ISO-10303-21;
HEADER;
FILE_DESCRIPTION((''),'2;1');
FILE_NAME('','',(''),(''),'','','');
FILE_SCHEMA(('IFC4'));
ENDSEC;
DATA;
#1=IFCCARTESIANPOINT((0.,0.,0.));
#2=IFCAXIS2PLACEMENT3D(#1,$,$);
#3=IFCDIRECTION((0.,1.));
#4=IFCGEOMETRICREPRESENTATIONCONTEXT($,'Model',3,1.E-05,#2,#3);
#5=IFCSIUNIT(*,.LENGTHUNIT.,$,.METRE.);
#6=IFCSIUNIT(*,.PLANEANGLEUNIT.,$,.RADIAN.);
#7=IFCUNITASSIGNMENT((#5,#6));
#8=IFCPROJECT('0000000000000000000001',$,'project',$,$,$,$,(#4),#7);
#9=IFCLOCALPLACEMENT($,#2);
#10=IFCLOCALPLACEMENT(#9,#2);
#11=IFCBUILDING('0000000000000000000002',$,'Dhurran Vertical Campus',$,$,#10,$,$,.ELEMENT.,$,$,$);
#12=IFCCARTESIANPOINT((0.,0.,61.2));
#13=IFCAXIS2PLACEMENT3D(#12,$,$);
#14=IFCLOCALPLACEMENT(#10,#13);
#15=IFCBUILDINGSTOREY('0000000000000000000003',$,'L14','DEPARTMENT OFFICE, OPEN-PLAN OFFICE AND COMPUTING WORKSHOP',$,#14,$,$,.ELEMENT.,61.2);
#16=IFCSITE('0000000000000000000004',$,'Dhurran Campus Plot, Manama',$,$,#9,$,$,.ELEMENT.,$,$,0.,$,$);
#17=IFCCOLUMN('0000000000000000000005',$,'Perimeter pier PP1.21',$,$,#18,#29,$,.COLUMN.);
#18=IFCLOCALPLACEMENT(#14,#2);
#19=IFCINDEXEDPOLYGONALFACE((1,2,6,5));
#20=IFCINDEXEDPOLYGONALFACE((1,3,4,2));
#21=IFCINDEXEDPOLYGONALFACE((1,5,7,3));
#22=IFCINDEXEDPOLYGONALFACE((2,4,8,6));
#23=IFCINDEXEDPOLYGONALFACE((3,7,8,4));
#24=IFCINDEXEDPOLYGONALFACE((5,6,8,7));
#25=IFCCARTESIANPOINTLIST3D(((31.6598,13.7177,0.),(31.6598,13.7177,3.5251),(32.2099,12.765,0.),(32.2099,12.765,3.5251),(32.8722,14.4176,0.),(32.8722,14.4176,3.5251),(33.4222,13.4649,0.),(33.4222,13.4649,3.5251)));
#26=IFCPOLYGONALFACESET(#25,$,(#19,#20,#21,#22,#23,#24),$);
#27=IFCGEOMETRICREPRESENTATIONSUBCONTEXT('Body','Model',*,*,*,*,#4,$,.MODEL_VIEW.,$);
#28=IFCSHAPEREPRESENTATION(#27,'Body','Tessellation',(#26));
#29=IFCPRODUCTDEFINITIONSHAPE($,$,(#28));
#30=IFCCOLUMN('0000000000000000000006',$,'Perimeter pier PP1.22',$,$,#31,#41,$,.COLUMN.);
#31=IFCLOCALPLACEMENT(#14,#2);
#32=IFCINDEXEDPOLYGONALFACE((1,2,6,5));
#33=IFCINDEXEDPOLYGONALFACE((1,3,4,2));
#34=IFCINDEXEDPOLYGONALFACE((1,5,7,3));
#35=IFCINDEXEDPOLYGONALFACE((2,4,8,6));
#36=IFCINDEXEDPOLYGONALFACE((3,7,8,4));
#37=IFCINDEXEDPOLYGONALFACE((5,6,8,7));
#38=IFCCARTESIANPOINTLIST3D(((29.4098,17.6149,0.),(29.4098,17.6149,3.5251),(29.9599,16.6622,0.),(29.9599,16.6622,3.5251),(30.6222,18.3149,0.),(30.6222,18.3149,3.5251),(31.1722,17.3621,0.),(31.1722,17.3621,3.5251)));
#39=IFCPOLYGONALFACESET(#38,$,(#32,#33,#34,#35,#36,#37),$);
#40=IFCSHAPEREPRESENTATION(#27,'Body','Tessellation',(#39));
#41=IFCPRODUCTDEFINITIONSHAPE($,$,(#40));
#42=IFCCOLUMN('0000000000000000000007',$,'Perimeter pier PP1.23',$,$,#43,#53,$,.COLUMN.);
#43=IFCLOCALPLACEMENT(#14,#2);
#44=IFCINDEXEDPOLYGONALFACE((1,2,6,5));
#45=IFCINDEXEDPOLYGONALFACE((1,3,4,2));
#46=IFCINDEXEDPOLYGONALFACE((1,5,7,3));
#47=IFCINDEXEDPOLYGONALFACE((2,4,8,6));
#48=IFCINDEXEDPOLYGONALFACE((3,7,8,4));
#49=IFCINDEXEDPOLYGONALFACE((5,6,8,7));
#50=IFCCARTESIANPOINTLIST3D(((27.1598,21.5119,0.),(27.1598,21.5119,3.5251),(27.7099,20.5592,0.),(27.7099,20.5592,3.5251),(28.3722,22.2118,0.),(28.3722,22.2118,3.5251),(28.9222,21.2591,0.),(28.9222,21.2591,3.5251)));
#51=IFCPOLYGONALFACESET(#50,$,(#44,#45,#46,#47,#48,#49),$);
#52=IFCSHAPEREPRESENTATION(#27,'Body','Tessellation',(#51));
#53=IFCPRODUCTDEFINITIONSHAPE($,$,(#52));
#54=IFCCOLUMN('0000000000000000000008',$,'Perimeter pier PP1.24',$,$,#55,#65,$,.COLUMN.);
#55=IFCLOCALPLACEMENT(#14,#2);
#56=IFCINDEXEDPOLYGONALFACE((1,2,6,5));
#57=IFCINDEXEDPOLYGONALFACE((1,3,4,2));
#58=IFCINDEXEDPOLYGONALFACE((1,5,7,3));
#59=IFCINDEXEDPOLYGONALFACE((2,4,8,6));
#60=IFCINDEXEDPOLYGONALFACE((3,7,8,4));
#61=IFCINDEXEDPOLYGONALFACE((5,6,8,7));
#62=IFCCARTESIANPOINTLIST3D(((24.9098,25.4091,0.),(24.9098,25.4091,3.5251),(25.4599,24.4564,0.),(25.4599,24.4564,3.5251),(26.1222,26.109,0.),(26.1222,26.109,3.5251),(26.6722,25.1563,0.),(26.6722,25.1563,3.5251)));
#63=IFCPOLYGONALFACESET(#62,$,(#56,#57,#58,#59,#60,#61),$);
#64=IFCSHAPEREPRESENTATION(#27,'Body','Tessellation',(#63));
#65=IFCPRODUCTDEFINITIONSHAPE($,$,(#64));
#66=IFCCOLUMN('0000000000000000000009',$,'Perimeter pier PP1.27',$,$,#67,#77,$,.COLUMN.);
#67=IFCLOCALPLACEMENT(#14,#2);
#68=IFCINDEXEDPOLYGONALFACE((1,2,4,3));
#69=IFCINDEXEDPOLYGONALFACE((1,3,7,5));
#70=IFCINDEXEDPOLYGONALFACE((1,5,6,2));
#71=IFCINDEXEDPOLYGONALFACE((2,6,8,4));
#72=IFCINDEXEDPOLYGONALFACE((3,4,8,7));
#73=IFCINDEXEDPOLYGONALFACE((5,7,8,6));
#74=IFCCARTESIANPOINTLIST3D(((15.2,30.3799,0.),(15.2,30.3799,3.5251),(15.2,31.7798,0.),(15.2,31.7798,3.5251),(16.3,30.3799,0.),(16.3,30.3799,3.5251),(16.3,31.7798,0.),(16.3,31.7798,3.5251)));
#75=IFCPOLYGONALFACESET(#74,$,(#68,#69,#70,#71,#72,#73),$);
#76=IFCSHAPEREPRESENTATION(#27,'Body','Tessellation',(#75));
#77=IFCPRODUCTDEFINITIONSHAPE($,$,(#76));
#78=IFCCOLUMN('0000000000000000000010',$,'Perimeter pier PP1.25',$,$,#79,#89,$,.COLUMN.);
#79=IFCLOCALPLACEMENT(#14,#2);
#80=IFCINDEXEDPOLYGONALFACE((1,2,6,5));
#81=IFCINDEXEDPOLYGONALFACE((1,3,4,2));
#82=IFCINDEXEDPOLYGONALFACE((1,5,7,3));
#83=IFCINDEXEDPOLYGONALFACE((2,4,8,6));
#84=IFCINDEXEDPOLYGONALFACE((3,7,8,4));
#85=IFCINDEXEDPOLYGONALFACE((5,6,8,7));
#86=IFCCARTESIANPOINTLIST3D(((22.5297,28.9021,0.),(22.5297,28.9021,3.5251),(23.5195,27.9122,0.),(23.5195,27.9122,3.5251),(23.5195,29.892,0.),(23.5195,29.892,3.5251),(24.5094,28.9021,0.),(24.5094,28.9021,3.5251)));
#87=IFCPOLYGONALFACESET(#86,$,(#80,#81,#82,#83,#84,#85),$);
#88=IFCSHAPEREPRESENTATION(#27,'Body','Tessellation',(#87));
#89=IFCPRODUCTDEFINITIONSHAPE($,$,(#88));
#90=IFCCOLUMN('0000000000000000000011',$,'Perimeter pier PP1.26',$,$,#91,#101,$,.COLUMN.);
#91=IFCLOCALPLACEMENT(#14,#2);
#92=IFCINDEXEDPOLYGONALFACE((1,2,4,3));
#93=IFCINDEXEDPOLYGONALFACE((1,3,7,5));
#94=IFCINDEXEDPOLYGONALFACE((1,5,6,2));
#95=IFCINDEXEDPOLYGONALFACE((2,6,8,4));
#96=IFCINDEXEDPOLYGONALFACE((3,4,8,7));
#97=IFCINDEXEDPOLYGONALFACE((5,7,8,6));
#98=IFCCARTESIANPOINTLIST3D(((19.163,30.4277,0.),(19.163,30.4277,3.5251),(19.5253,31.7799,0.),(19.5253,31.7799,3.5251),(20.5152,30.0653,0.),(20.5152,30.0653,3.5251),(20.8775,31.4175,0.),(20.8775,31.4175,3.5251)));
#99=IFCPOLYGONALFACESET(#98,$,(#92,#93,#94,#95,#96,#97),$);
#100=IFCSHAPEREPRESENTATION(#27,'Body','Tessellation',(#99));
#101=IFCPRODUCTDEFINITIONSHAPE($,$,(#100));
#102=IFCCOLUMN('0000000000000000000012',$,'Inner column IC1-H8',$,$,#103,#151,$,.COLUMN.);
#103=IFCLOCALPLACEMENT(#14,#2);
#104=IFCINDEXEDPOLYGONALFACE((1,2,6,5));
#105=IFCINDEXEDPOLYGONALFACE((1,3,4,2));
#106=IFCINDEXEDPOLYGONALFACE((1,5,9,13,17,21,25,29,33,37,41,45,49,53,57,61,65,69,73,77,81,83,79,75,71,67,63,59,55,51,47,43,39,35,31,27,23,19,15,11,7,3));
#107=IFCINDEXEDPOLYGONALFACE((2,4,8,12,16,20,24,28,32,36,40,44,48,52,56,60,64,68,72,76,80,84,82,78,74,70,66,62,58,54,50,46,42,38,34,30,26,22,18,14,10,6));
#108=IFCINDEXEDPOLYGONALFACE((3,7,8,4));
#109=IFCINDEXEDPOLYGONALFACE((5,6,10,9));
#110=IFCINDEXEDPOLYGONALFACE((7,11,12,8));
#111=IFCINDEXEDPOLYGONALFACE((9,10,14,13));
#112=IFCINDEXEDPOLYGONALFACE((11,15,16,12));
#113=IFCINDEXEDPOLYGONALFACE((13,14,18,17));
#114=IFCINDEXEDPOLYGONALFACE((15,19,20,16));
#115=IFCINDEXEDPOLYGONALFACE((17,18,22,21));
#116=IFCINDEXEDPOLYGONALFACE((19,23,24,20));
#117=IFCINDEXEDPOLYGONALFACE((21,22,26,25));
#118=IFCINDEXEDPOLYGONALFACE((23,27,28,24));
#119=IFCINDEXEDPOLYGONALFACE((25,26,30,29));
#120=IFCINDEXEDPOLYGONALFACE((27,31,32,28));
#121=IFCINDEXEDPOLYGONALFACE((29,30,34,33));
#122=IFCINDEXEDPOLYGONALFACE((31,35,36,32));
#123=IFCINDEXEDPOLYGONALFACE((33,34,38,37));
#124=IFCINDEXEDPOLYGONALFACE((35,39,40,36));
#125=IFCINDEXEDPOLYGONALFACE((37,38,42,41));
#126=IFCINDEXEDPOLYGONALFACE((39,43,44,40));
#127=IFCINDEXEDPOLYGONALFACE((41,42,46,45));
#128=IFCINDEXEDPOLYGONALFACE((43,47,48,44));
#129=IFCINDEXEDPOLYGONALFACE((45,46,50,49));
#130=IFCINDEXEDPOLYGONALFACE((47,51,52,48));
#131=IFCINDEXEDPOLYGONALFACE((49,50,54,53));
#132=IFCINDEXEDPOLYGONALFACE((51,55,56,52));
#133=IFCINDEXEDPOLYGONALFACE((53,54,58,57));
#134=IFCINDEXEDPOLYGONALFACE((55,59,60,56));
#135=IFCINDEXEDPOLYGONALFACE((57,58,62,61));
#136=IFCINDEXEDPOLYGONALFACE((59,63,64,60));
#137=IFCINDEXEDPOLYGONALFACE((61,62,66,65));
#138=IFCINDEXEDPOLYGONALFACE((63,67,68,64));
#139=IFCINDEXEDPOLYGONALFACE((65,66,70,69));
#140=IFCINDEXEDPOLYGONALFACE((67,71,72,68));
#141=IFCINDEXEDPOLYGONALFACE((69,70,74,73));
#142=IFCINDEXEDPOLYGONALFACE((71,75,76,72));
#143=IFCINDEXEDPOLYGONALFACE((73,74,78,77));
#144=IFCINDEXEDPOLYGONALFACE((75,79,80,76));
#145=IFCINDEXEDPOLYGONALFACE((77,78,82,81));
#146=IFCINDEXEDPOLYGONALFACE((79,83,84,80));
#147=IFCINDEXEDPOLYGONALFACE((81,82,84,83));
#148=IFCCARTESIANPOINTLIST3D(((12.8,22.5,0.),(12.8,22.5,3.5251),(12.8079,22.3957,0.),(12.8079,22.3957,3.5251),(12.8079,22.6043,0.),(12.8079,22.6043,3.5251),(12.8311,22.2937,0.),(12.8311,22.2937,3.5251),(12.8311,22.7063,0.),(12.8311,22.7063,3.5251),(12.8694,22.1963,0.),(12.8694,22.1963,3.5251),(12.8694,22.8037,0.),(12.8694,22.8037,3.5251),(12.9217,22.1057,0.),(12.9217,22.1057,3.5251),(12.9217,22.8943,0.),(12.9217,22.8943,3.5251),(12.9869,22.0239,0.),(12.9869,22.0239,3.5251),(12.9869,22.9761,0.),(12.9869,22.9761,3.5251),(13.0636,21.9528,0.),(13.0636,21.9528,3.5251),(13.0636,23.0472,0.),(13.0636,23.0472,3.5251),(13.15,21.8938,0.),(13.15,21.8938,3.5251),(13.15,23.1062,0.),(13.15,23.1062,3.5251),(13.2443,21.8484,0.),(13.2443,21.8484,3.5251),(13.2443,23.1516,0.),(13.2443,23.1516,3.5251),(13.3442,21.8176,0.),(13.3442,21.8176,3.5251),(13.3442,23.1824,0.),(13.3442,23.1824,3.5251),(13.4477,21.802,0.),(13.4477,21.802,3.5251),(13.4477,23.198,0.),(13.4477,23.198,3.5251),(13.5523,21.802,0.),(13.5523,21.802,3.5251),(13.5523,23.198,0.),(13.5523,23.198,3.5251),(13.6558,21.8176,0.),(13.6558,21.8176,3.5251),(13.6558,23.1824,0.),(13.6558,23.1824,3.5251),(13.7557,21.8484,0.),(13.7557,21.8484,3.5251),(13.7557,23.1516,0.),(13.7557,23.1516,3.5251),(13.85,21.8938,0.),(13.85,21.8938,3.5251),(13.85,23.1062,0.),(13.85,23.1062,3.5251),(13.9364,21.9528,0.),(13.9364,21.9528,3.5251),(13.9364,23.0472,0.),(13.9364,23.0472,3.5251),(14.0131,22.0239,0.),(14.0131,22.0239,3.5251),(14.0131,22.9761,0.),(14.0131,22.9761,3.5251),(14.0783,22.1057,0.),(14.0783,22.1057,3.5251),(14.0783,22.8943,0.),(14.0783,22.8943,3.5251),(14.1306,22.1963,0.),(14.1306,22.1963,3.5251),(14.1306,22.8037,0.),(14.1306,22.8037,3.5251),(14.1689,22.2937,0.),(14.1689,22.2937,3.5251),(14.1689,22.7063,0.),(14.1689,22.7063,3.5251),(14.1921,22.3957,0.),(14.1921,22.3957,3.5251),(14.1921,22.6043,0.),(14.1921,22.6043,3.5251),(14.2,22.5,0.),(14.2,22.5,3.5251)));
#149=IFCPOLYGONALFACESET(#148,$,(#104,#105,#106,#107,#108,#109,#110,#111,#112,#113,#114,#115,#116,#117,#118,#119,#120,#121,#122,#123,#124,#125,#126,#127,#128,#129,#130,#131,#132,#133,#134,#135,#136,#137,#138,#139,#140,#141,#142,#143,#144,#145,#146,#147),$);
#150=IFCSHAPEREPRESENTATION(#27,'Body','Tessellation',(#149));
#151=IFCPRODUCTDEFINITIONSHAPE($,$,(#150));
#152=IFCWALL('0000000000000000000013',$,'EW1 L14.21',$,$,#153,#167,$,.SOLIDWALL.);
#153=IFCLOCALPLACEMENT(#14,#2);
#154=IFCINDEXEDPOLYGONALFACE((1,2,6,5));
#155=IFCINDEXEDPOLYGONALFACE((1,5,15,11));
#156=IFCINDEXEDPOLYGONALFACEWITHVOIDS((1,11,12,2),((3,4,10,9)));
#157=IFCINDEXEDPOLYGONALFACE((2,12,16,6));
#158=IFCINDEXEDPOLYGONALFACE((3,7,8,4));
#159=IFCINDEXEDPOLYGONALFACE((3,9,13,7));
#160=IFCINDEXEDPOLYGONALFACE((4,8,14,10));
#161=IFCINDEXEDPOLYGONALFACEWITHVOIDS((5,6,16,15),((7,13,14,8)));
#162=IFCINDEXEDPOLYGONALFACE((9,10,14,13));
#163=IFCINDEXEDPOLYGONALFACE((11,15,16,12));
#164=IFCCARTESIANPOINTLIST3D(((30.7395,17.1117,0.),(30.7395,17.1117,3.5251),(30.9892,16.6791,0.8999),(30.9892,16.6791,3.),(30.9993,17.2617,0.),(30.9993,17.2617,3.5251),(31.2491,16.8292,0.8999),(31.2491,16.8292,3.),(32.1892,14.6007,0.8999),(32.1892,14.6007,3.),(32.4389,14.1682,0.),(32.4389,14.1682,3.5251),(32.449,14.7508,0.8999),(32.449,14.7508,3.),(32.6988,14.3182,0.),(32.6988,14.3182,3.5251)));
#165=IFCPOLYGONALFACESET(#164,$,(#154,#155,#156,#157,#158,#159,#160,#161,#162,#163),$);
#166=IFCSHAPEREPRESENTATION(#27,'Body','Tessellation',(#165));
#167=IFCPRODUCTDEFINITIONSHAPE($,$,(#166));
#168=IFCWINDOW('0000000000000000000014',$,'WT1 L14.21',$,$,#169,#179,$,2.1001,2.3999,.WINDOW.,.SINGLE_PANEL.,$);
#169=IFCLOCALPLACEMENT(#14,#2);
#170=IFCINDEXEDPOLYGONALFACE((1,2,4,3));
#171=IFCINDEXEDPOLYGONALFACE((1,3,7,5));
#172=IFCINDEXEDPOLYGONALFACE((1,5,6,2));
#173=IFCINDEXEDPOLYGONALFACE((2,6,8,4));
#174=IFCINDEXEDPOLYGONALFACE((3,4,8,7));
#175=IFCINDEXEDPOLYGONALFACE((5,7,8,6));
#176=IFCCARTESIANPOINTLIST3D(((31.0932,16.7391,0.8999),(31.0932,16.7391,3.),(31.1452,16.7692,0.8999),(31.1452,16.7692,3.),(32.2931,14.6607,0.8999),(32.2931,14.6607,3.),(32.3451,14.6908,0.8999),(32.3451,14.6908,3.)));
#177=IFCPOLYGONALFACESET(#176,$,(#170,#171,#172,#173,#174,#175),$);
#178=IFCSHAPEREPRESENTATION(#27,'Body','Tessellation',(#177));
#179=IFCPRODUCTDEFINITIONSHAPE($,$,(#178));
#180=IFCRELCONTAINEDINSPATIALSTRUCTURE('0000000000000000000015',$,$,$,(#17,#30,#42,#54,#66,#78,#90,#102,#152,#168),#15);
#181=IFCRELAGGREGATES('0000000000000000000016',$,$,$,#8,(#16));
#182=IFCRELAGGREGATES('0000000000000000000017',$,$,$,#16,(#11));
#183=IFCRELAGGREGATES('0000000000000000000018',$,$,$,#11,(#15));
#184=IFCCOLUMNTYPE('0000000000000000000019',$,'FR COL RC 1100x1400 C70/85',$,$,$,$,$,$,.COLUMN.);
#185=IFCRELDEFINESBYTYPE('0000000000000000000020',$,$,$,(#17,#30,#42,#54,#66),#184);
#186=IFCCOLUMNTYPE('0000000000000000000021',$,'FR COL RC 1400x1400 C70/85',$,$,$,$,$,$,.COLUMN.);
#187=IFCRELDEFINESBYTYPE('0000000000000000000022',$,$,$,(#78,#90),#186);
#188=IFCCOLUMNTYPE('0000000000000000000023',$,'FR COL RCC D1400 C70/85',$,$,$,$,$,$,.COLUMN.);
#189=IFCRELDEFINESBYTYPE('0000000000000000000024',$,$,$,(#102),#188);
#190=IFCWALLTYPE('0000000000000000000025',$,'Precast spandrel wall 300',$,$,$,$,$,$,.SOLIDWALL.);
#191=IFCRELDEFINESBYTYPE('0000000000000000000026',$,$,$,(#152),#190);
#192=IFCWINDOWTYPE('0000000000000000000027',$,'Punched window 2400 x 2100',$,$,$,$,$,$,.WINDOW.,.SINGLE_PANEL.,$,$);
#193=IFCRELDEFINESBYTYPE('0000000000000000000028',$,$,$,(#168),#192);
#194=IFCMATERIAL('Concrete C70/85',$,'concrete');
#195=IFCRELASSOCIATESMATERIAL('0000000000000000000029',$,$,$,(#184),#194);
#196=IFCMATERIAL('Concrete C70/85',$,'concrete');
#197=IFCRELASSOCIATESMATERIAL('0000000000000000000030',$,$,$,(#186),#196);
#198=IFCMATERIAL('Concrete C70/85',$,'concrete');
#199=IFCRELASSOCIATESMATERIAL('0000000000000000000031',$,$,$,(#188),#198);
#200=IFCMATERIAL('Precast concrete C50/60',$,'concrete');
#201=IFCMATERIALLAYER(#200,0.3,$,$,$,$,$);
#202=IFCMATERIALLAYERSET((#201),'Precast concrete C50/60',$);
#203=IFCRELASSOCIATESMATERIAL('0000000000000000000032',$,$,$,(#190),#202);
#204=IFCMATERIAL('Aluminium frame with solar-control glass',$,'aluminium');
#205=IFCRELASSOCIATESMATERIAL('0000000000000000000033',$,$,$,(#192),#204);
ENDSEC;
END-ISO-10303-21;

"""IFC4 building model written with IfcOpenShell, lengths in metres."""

from ifc_helpers import new_model, si_unit, direction, frame, frame_2d, origin, origin_2d, place, context, subcontext, project, spatial, rectangle, circle, extrude, material, layer, layer_set, material_profile, profile_set, type_object, element, fill, save


model = new_model("IFC4")

# Units and contexts
model_context = context("Model", 3, precision=1e-05, world=origin(), true_north=direction((0.0, 1.0)))
body_context = subcontext(model_context, "Body", "Model", "MODEL_VIEW")
ifc_project = project(units=[si_unit("LENGTHUNIT", "METRE"), si_unit("PLANEANGLEUNIT", "RADIAN")], contexts=[model_context])

# Site, building, storey
site_placement = place(None, origin())
site = spatial("IfcSite", under=ifc_project, at=site_placement, Name="Dhurran Campus Plot, Manama", CompositionType="ELEMENT", RefElevation=0.0)
building_placement = place(site_placement, origin())
building = spatial("IfcBuilding", under=site, at=building_placement, Name="Dhurran Vertical Campus", CompositionType="ELEMENT")
storey_placement = place(building_placement, frame((0.0, 0.0, 61.2)))
storey = spatial("IfcBuildingStorey", under=building, at=storey_placement, Name="L14", Description="DEPARTMENT OFFICE, OPEN-PLAN OFFICE AND COMPUTING WORKSHOP", CompositionType="ELEMENT", Elevation=61.2)

# Columns
ifc_material_1 = material(Name="Concrete C70/85", Category="concrete")
ifc_material_profile_1 = material_profile(ifc_material_1, rectangle(XDim=1.1001, YDim=1.3999, at=origin_2d()), Name="RC 1100x1400")
ifc_profile_set_1 = profile_set([ifc_material_profile_1], Name="Concrete C70/85")
column_type_1 = type_object("IfcColumnType", Name="FR COL RC 1100x1400 C70/85", PredefinedType="COLUMN", material=ifc_profile_set_1)
for number, where, z_axis, x_axis, name in (
    (1, (32.541, 13.5913, 0.0), (0.0, 0.0, 1.0), (-0.5, 0.866025, 0.0), "Perimeter pier PP1.21"),
    (2, (30.291, 17.4885, 0.0), (0.0, 0.0, 1.0), (-0.5, 0.866025, 0.0), "Perimeter pier PP1.22"),
    (3, (28.041, 21.3855, 0.0), (0.0, 0.0, 1.0), (-0.5, 0.866025, 0.0), "Perimeter pier PP1.23"),
    (4, (25.791, 25.2827, 0.0), (0.0, 0.0, 1.0), (-0.5, 0.866025, 0.0), "Perimeter pier PP1.24"),
    (5, (15.75, 31.0798, 0.0), (0.0, 0.0, 1.0), (-1.0, 0.0, 0.0), "Perimeter pier PP1.27"),
):
    element("IfcColumn", number, at=place(storey_placement, frame(where, z_axis=z_axis, x_axis=x_axis)), inside=storey, type_object=column_type_1, Name=name, PredefinedType="COLUMN", context=body_context, shape_type="SweptSolid", body=[
        extrude(rectangle(XDim=1.1001, YDim=1.3999, at=origin_2d()), origin(), (0.0, 0.0, 1.0), 3.5251),
    ])
ifc_material_2 = material(Name="Concrete C70/85", Category="concrete")
ifc_material_profile_2 = material_profile(ifc_material_2, rectangle(XDim=1.3999, YDim=1.3999, at=origin_2d()), Name="RC 1400x1400")
ifc_profile_set_2 = profile_set([ifc_material_profile_2], Name="Concrete C70/85")
column_type_2 = type_object("IfcColumnType", Name="FR COL RC 1400x1400 C70/85", PredefinedType="COLUMN", material=ifc_profile_set_2)
for number, where, z_axis, x_axis, name in (
    (6, (23.5195, 28.9021, 0.0), (0.0, 0.0, 1.0), (-0.707107, 0.707107, 0.0), "Perimeter pier PP1.25"),
    (7, (20.0203, 30.9226, 0.0), (0.0, 0.0, 1.0), (-0.965926, 0.258819, 0.0), "Perimeter pier PP1.26"),
):
    element("IfcColumn", number, at=place(storey_placement, frame(where, z_axis=z_axis, x_axis=x_axis)), inside=storey, type_object=column_type_2, Name=name, PredefinedType="COLUMN", context=body_context, shape_type="SweptSolid", body=[
        extrude(rectangle(XDim=1.3999, YDim=1.3999, at=origin_2d()), origin(), (0.0, 0.0, 1.0), 3.5251),
    ])
ifc_material_3 = material(Name="Concrete C70/85", Category="concrete")
ifc_material_profile_3 = material_profile(ifc_material_3, circle(Radius=0.7, at=origin_2d()), Name="RCC D1400")
ifc_profile_set_3 = profile_set([ifc_material_profile_3], Name="Concrete C70/85")
column_type_3 = type_object("IfcColumnType", Name="FR COL RCC D1400 C70/85", PredefinedType="COLUMN", material=ifc_profile_set_3)
column_placement = place(storey_placement, frame((13.5, 22.5, 0.0), z_axis=(0.0, 0.0, 1.0), x_axis=(1.0, 0.0, 0.0)))
element("IfcColumn", 8, at=column_placement, inside=storey, type_object=column_type_3, Name="Inner column IC1-H8", PredefinedType="COLUMN", context=body_context, shape_type="SweptSolid", body=[
    extrude(circle(Radius=0.7, at=origin_2d()), origin(), (0.0, 0.0, 1.0), 3.5251),
])

# Wall, opening, window
ifc_material_4 = material(Name="Precast concrete C50/60", Category="concrete")
ifc_layer_1 = layer(ifc_material_4, 0.3)
ifc_layer_set_1 = layer_set([ifc_layer_1], Name="Precast concrete C50/60")
wall_type_1 = type_object("IfcWallType", Name="Precast spandrel wall 300", PredefinedType="SOLIDWALL", material=ifc_layer_set_1)
wall_1_placement = place(storey_placement, frame((32.5688, 14.2432, 0.0), z_axis=(0.0, 0.0, 1.0), x_axis=(-0.499994, 0.866029, 0.0)))
wall_1 = element("IfcWall", 9, at=wall_1_placement, inside=storey, type_object=wall_type_1, Name="EW1 L14.21", PredefinedType="SOLIDWALL", context=body_context, shape_type="SweptSolid", body=[
    extrude(rectangle(XDim=3.3989, YDim=0.3, at=frame_2d((1.6995, 0.0))), origin(), (0.0, 0.0, 1.0), 3.5251),
])
opening_1_placement = place(wall_1_placement, frame((0.4995, 0.0, 0.8999)))
opening_1 = element("IfcOpeningElement", 10, at=opening_1_placement, cuts=wall_1, PredefinedType="OPENING", context=body_context, shape_type="SweptSolid", body=[
    extrude(rectangle(XDim=2.3999, YDim=2.1001, at=frame_2d((1.2, 1.05))), frame((0.0, 0.1599, 0.0), z_axis=(0.0, -1.0, 0.0), x_axis=(1.0, 0.0, 0.0)), (0.0, 0.0, 1.0), 0.3201),
])
ifc_material_5 = material(Name="Aluminium frame with solar-control glass", Category="aluminium")
window_type = type_object("IfcWindowType", Name="Punched window 2400 x 2100", PartitioningType="SINGLE_PANEL", PredefinedType="WINDOW", material=ifc_material_5)
window_1_placement = place(opening_1_placement, origin())
window_1 = element("IfcWindow", 11, at=window_1_placement, inside=storey, type_object=window_type, Name="WT1 L14.21", OverallHeight=2.1001, OverallWidth=2.3999, PartitioningType="SINGLE_PANEL", PredefinedType="WINDOW", context=body_context, shape_type="SweptSolid", body=[
    extrude(rectangle(XDim=2.3999, YDim=2.1001, at=frame_2d((1.2, 1.05))), frame((0.0, 0.03, 0.0), z_axis=(0.0, -1.0, 0.0), x_axis=(1.0, 0.0, 0.0)), (0.0, 0.0, 1.0), 0.0601),
])
fill(opening_1, window_1)

save(model, "model.ifc")
